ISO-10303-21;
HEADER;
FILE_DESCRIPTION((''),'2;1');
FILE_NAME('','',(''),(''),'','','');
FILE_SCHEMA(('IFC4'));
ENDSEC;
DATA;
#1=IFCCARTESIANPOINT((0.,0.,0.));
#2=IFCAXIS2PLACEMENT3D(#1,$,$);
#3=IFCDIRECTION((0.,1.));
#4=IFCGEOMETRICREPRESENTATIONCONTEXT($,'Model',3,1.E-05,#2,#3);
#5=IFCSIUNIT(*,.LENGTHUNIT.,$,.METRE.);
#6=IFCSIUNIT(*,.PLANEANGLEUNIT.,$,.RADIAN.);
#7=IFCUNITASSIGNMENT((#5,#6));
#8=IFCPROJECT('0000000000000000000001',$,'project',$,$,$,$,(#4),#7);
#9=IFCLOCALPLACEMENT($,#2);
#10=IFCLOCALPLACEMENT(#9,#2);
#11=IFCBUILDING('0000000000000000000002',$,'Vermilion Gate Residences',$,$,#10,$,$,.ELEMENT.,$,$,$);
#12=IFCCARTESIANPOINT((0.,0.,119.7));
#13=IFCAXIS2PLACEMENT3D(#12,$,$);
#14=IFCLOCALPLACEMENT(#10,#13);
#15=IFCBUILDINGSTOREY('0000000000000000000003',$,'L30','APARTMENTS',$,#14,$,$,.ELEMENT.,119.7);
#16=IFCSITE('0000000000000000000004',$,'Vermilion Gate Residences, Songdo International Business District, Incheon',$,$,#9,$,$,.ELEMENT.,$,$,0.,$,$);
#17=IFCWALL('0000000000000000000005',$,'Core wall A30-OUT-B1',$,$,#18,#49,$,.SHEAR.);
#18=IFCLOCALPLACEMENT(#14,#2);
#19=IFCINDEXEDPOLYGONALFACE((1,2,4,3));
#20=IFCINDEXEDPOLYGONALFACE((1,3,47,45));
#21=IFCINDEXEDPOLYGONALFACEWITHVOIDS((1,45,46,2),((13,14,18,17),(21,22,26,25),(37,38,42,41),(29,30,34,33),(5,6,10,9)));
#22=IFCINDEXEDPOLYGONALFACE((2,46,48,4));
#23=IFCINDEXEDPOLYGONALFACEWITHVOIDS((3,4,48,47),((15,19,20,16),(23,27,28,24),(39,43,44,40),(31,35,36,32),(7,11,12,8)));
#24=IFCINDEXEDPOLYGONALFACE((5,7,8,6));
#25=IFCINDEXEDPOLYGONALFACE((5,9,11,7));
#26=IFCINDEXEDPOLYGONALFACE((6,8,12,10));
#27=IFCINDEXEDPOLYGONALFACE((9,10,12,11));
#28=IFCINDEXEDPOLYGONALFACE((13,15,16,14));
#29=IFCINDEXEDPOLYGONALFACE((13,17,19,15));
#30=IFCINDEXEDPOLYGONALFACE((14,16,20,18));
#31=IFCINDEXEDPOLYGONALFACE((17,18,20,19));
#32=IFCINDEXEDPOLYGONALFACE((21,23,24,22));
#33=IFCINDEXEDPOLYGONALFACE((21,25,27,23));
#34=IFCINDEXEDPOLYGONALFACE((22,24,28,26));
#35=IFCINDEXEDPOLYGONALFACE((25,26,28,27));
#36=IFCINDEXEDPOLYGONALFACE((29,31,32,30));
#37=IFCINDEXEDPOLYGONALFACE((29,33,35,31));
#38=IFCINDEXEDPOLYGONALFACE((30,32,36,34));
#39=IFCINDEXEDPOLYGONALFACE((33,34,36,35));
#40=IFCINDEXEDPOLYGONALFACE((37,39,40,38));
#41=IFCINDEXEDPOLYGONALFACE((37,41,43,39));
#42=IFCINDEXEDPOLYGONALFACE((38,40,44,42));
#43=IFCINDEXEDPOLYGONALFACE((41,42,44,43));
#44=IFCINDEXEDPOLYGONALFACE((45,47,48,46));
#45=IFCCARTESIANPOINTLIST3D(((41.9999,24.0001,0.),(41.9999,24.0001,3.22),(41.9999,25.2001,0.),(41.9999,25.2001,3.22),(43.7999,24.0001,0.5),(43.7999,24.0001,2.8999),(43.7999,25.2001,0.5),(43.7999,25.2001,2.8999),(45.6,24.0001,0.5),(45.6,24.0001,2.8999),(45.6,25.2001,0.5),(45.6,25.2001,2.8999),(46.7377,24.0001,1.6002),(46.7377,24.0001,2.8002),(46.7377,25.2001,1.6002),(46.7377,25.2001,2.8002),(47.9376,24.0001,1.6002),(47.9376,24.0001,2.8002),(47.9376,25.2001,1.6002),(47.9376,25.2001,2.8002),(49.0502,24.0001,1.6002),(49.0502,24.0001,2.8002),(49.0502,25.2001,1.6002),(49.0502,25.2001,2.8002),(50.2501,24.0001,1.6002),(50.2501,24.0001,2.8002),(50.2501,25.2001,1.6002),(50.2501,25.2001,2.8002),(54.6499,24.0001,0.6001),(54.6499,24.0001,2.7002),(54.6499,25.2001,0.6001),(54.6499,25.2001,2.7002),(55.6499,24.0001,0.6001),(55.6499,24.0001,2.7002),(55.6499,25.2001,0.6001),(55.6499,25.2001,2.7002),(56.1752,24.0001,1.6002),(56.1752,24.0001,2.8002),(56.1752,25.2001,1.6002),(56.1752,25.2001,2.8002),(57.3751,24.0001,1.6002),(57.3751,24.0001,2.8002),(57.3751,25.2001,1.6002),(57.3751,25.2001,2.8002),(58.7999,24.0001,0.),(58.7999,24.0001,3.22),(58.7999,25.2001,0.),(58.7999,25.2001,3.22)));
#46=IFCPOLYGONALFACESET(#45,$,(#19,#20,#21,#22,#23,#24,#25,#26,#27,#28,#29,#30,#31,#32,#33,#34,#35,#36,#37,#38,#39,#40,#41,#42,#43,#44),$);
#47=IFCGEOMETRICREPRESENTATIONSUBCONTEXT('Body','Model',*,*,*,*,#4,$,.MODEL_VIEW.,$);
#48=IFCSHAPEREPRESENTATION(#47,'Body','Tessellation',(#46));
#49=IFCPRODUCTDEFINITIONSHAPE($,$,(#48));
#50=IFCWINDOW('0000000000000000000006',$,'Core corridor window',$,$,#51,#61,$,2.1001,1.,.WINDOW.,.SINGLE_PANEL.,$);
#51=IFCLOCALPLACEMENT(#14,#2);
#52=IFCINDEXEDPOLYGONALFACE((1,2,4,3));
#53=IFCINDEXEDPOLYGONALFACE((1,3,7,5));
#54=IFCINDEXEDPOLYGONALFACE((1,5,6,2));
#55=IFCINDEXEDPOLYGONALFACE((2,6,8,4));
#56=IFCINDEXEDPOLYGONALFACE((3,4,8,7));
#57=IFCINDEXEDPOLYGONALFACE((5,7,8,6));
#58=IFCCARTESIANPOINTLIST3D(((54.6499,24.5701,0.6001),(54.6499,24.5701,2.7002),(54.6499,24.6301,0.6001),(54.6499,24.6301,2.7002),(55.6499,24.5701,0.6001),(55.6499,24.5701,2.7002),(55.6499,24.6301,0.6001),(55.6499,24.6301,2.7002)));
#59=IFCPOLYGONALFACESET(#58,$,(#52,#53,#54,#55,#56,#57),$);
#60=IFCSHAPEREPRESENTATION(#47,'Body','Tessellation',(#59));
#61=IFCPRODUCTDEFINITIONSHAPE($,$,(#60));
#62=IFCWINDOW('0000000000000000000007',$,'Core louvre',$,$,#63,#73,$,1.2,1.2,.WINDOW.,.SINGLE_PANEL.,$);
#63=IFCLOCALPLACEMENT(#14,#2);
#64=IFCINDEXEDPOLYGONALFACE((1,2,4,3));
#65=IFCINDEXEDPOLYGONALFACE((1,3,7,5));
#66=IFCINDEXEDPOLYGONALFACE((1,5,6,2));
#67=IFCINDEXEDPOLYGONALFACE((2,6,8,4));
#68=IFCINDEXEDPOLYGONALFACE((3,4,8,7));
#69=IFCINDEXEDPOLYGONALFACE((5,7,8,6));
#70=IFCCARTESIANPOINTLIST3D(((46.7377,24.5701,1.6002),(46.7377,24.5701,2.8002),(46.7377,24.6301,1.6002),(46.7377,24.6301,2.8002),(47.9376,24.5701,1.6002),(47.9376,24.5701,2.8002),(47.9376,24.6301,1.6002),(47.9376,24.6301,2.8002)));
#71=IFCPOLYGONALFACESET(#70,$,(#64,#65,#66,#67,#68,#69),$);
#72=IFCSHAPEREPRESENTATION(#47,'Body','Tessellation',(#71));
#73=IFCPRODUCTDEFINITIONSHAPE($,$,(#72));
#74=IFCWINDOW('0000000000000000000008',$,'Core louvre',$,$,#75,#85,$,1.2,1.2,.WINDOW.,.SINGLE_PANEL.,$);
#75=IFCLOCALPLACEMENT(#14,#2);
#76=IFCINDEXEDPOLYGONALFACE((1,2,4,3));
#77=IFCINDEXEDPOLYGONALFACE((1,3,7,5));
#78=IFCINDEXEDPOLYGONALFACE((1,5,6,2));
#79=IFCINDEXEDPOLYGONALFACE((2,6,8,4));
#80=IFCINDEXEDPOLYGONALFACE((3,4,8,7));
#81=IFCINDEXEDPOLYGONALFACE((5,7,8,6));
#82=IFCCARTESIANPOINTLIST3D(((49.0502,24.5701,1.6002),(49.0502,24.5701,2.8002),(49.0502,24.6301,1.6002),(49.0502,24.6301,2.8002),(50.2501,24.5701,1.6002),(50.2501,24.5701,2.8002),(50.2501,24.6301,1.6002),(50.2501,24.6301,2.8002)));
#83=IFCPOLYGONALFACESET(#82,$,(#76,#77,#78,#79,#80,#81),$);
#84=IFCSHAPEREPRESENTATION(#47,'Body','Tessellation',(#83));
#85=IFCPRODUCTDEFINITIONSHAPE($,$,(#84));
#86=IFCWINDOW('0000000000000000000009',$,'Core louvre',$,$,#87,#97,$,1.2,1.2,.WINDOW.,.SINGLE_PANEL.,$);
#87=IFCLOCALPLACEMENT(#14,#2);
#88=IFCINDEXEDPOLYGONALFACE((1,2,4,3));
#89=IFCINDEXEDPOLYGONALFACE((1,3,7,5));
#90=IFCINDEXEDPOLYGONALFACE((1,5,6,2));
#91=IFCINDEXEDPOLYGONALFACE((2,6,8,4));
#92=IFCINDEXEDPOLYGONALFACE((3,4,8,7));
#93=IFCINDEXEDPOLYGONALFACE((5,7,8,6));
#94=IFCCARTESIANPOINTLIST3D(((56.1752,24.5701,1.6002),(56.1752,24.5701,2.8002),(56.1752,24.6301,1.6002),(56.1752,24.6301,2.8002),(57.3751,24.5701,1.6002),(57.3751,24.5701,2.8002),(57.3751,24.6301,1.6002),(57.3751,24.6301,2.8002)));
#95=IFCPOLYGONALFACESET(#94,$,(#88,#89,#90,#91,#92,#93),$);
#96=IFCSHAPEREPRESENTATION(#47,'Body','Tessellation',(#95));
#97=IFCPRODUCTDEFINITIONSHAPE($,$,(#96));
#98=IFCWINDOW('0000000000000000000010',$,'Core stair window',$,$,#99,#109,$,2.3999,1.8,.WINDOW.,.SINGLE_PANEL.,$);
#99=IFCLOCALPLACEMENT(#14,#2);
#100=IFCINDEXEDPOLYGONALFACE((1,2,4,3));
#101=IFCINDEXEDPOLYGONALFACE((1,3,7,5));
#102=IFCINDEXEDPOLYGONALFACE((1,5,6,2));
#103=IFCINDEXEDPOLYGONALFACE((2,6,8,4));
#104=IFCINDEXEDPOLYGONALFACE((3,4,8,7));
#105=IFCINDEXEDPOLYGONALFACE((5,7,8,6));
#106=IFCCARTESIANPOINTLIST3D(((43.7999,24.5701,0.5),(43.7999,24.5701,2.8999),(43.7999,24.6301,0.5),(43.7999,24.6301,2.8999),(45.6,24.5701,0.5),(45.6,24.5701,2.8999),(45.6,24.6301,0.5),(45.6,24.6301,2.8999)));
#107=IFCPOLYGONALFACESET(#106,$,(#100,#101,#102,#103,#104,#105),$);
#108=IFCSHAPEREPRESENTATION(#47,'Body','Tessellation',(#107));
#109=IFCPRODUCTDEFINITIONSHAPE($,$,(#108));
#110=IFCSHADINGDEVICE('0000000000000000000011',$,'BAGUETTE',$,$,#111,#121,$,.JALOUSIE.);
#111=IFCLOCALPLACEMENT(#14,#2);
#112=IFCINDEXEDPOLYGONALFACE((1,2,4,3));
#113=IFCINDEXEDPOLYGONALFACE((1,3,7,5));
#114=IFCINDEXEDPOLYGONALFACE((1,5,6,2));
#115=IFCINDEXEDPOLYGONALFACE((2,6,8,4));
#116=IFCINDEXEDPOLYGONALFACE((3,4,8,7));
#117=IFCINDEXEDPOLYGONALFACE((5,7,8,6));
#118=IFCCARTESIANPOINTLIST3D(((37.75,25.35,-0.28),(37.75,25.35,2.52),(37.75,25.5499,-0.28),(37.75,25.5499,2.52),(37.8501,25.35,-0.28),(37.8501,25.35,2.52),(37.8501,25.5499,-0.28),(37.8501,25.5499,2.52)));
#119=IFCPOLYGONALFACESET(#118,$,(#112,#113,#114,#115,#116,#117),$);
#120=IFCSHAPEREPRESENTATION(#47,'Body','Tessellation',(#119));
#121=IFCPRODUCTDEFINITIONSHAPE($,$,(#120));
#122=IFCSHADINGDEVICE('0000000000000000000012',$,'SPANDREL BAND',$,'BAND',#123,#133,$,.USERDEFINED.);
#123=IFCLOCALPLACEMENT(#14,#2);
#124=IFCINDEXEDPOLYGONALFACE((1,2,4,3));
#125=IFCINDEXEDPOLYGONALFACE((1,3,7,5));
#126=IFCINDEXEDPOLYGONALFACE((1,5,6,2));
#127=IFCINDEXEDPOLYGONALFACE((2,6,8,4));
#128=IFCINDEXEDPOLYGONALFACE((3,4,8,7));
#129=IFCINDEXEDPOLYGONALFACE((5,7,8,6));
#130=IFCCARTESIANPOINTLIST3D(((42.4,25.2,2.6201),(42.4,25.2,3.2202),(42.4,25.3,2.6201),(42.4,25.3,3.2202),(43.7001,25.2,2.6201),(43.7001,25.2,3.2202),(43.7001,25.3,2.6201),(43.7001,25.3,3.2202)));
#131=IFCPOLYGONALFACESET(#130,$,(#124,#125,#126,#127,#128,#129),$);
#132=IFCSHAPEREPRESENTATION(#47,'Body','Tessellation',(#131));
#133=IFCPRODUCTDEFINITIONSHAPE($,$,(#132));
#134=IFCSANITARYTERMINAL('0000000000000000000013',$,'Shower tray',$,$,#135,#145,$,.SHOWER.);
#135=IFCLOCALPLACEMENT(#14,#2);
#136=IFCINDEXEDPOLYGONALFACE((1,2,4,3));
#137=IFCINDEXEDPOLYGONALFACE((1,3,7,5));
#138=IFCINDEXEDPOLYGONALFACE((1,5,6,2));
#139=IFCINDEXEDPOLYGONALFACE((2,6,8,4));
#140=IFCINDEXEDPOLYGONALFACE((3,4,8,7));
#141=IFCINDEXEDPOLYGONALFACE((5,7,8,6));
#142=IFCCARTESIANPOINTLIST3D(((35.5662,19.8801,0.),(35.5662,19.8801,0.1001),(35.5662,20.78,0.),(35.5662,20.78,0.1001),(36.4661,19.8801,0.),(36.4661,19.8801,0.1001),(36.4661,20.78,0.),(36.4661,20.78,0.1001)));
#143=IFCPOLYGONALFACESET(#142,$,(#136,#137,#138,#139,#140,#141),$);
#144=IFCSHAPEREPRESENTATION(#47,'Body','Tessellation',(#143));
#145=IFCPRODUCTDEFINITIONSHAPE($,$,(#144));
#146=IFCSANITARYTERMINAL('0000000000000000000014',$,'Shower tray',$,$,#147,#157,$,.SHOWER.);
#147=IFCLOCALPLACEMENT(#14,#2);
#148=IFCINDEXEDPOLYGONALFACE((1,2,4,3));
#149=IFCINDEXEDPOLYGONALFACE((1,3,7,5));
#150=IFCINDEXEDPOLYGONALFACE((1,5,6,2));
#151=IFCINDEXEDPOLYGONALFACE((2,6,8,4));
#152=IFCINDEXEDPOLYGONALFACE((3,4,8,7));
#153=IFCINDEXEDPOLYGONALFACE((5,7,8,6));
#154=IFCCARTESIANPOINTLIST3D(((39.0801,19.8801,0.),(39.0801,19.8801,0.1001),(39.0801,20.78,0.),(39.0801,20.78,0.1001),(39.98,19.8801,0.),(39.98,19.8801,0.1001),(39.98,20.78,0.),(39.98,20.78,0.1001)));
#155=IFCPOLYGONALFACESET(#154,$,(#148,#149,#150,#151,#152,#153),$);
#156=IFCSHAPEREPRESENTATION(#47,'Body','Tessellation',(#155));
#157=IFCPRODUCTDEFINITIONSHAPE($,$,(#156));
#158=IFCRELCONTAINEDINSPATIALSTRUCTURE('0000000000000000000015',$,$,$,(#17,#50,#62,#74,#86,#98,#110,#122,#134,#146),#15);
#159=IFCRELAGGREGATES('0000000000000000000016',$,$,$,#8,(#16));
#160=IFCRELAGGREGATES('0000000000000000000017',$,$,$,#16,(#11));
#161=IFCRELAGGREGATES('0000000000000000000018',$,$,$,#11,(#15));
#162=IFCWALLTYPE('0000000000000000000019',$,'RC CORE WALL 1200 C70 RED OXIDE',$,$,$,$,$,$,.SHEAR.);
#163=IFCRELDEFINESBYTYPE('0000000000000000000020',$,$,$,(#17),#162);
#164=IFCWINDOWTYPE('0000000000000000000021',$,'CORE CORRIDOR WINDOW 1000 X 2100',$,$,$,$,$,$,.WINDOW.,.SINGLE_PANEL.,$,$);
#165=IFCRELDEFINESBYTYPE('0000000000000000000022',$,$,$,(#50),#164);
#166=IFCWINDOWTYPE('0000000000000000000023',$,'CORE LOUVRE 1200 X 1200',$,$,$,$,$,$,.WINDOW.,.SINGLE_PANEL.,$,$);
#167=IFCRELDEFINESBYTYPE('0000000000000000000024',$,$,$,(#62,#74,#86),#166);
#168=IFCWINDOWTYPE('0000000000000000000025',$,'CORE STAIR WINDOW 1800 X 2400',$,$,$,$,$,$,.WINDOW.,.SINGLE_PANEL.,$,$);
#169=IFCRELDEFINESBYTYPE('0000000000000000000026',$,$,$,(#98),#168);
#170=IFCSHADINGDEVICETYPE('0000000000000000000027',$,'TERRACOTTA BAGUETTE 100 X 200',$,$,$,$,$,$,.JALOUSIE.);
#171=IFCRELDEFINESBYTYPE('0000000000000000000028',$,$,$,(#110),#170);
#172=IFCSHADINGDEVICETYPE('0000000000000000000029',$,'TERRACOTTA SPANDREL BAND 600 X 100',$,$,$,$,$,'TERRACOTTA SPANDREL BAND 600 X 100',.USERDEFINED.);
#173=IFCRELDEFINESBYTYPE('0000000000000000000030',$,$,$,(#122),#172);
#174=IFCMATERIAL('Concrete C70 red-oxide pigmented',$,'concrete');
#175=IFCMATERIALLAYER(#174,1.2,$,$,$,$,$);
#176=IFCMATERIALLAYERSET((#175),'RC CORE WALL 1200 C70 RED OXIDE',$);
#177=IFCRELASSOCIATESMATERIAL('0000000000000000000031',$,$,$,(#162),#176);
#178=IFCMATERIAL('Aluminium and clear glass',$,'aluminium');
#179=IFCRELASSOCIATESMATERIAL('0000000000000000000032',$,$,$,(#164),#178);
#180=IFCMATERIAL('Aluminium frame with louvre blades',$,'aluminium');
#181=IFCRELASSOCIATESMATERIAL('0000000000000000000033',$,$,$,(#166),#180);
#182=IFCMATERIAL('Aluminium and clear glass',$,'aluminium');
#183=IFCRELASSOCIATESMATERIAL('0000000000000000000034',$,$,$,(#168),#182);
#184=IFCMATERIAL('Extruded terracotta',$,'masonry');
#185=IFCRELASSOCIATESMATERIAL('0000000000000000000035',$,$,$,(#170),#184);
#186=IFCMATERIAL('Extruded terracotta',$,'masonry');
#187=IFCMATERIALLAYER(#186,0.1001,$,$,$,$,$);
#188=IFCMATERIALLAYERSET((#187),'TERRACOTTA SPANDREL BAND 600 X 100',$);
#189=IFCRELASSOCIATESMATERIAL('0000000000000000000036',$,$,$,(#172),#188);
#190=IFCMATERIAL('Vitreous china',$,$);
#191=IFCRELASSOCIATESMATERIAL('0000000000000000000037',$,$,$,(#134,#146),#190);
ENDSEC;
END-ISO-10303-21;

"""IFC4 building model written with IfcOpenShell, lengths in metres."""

from ifc_helpers import new_model, si_unit, direction, frame, frame_2d, origin, origin_2d, place, context, subcontext, project, spatial, rectangle, extrude, material, layer, layer_set, material_profile, profile_set, type_object, element, fill, save


model = new_model("IFC4")

# Units and contexts
model_context = context("Model", 3, precision=1e-05, world=origin(), true_north=direction((0.0, 1.0)))
body_context = subcontext(model_context, "Body", "Model", "MODEL_VIEW")
ifc_project = project(units=[si_unit("LENGTHUNIT", "METRE"), si_unit("PLANEANGLEUNIT", "RADIAN")], contexts=[model_context])

# Site, building, storey
site_placement = place(None, origin())
site = spatial("IfcSite", under=ifc_project, at=site_placement, Name="Vermilion Gate Residences, Songdo International Business District, Incheon", CompositionType="ELEMENT", RefElevation=0.0)
building_placement = place(site_placement, origin())
building = spatial("IfcBuilding", under=site, at=building_placement, Name="Vermilion Gate Residences", CompositionType="ELEMENT")
storey_placement = place(building_placement, frame((0.0, 0.0, 119.7)))
storey = spatial("IfcBuildingStorey", under=building, at=storey_placement, Name="L30", Description="APARTMENTS", CompositionType="ELEMENT", Elevation=119.7)

# Wall, openings, windows
ifc_material_1 = material(Name="Concrete C70 red-oxide pigmented", Category="concrete")
ifc_layer_1 = layer(ifc_material_1, 1.2)
ifc_layer_set_1 = layer_set([ifc_layer_1], Name="RC CORE WALL 1200 C70 RED OXIDE")
wall_type_1 = type_object("IfcWallType", Name="RC CORE WALL 1200 C70 RED OXIDE", PredefinedType="SHEAR", material=ifc_layer_set_1)
wall_1_placement = place(storey_placement, frame((42.0, 24.6001, 0.0), z_axis=(0.0, 0.0, 1.0), x_axis=(1.0, 0.0, 0.0)))
wall_1 = element("IfcWall", 1, at=wall_1_placement, inside=storey, type_object=wall_type_1, Name="Core wall A30-OUT-B1", PredefinedType="SHEAR", context=body_context, shape_type="SweptSolid", body=[
    extrude(rectangle(XDim=16.8, YDim=1.2, at=frame_2d((8.3999, 0.0))), origin(), (0.0, 0.0, 1.0), 3.22),
])
opening_1_placement = place(wall_1_placement, frame((1.8, 0.0, 0.5)))
opening_1 = element("IfcOpeningElement", 2, at=opening_1_placement, cuts=wall_1, PredefinedType="OPENING", context=body_context, shape_type="SweptSolid", body=[
    extrude(rectangle(XDim=1.8, YDim=2.3999, at=frame_2d((0.8999, 1.2))), frame((0.0, 0.6099, 0.0), z_axis=(0.0, -1.0, 0.0), x_axis=(1.0, 0.0, 0.0)), (0.0, 0.0, 1.0), 1.22),
])
opening_2_placement = place(wall_1_placement, frame((4.7375, 0.0, 1.6001)))
opening_2 = element("IfcOpeningElement", 3, at=opening_2_placement, cuts=wall_1, PredefinedType="OPENING", context=body_context, shape_type="SweptSolid", body=[
    extrude(rectangle(XDim=1.2, YDim=1.2, at=frame_2d((0.6001, 0.6001))), frame((0.0, 0.6099, 0.0), z_axis=(0.0, -1.0, 0.0), x_axis=(1.0, 0.0, 0.0)), (0.0, 0.0, 1.0), 1.22),
])
opening_3_placement = place(wall_1_placement, frame((7.05, 0.0, 1.6001)))
opening_3 = element("IfcOpeningElement", 4, at=opening_3_placement, cuts=wall_1, PredefinedType="OPENING", context=body_context, shape_type="SweptSolid", body=[
    extrude(rectangle(XDim=1.2, YDim=1.2, at=frame_2d((0.6001, 0.6001))), frame((0.0, 0.6099, 0.0), z_axis=(0.0, -1.0, 0.0), x_axis=(1.0, 0.0, 0.0)), (0.0, 0.0, 1.0), 1.22),
])
opening_4_placement = place(wall_1_placement, frame((12.6499, 0.0, 0.6001)))
opening_4 = element("IfcOpeningElement", 5, at=opening_4_placement, cuts=wall_1, PredefinedType="OPENING", context=body_context, shape_type="SweptSolid", body=[
    extrude(rectangle(XDim=1.0, YDim=2.1001, at=frame_2d((0.5, 1.05))), frame((0.0, 0.6099, 0.0), z_axis=(0.0, -1.0, 0.0), x_axis=(1.0, 0.0, 0.0)), (0.0, 0.0, 1.0), 1.22),
])
opening_5_placement = place(wall_1_placement, frame((14.175, 0.0, 1.6001)))
opening_5 = element("IfcOpeningElement", 6, at=opening_5_placement, cuts=wall_1, PredefinedType="OPENING", context=body_context, shape_type="SweptSolid", body=[
    extrude(rectangle(XDim=1.2, YDim=1.2, at=frame_2d((0.6001, 0.6001))), frame((0.0, 0.6099, 0.0), z_axis=(0.0, -1.0, 0.0), x_axis=(1.0, 0.0, 0.0)), (0.0, 0.0, 1.0), 1.22),
])
ifc_material_2 = material(Name="Aluminium and clear glass", Category="aluminium")
window_type_1 = type_object("IfcWindowType", Name="CORE CORRIDOR WINDOW 1000 X 2100", PartitioningType="SINGLE_PANEL", PredefinedType="WINDOW", material=ifc_material_2)
window_1_placement = place(opening_4_placement, origin())
window_1 = element("IfcWindow", 7, at=window_1_placement, inside=storey, type_object=window_type_1, Name="Core corridor window", OverallHeight=2.1001, OverallWidth=1.0, PartitioningType="SINGLE_PANEL", PredefinedType="WINDOW", context=body_context, shape_type="SweptSolid", body=[
    extrude(rectangle(XDim=1.0, YDim=2.1001, at=frame_2d((0.5, 1.05))), frame((0.0, 0.03, 0.0), z_axis=(0.0, -1.0, 0.0), x_axis=(1.0, 0.0, 0.0)), (0.0, 0.0, 1.0), 0.0601),
])
fill(opening_4, window_1)
ifc_material_3 = material(Name="Aluminium frame with louvre blades", Category="aluminium")
window_type_2 = type_object("IfcWindowType", Name="CORE LOUVRE 1200 X 1200", PartitioningType="SINGLE_PANEL", PredefinedType="WINDOW", material=ifc_material_3)
window_2_placement = place(opening_2_placement, origin())
window_2 = element("IfcWindow", 8, at=window_2_placement, inside=storey, type_object=window_type_2, Name="Core louvre", OverallHeight=1.2, OverallWidth=1.2, PartitioningType="SINGLE_PANEL", PredefinedType="WINDOW", context=body_context, shape_type="SweptSolid", body=[
    extrude(rectangle(XDim=1.2, YDim=1.2, at=frame_2d((0.6001, 0.6001))), frame((0.0, 0.03, 0.0), z_axis=(0.0, -1.0, 0.0), x_axis=(1.0, 0.0, 0.0)), (0.0, 0.0, 1.0), 0.0601),
])
fill(opening_2, window_2)
window_3_placement = place(opening_3_placement, origin())
window_3 = element("IfcWindow", 9, at=window_3_placement, inside=storey, type_object=window_type_2, Name="Core louvre", OverallHeight=1.2, OverallWidth=1.2, PartitioningType="SINGLE_PANEL", PredefinedType="WINDOW", context=body_context, shape_type="SweptSolid", body=[
    extrude(rectangle(XDim=1.2, YDim=1.2, at=frame_2d((0.6001, 0.6001))), frame((0.0, 0.03, 0.0), z_axis=(0.0, -1.0, 0.0), x_axis=(1.0, 0.0, 0.0)), (0.0, 0.0, 1.0), 0.0601),
])
fill(opening_3, window_3)
window_4_placement = place(opening_5_placement, origin())
window_4 = element("IfcWindow", 10, at=window_4_placement, inside=storey, type_object=window_type_2, Name="Core louvre", OverallHeight=1.2, OverallWidth=1.2, PartitioningType="SINGLE_PANEL", PredefinedType="WINDOW", context=body_context, shape_type="SweptSolid", body=[
    extrude(rectangle(XDim=1.2, YDim=1.2, at=frame_2d((0.6001, 0.6001))), frame((0.0, 0.03, 0.0), z_axis=(0.0, -1.0, 0.0), x_axis=(1.0, 0.0, 0.0)), (0.0, 0.0, 1.0), 0.0601),
])
fill(opening_5, window_4)
ifc_material_4 = material(Name="Aluminium and clear glass", Category="aluminium")
window_type_3 = type_object("IfcWindowType", Name="CORE STAIR WINDOW 1800 X 2400", PartitioningType="SINGLE_PANEL", PredefinedType="WINDOW", material=ifc_material_4)
window_5_placement = place(opening_1_placement, origin())
window_5 = element("IfcWindow", 11, at=window_5_placement, inside=storey, type_object=window_type_3, Name="Core stair window", OverallHeight=2.3999, OverallWidth=1.8, PartitioningType="SINGLE_PANEL", PredefinedType="WINDOW", context=body_context, shape_type="SweptSolid", body=[
    extrude(rectangle(XDim=1.8, YDim=2.3999, at=frame_2d((0.8999, 1.2))), frame((0.0, 0.03, 0.0), z_axis=(0.0, -1.0, 0.0), x_axis=(1.0, 0.0, 0.0)), (0.0, 0.0, 1.0), 0.0601),
])
fill(opening_1, window_5)

# Shading devices
ifc_material_5 = material(Name="Extruded terracotta", Category="masonry")
ifc_material_profile_1 = material_profile(ifc_material_5, rectangle(XDim=0.2, YDim=0.1001, at=origin_2d()), Name="BAGUETTE 100 X 200")
ifc_profile_set_1 = profile_set([ifc_material_profile_1], Name="Extruded terracotta")
shading_device_type_1 = type_object("IfcShadingDeviceType", Name="TERRACOTTA BAGUETTE 100 X 200", PredefinedType="JALOUSIE", material=ifc_profile_set_1)
shading_device_1_placement = place(storey_placement, frame((37.8, 25.45, -0.28), z_axis=(0.0, 0.0, 1.0), x_axis=(0.0, -1.0, 0.0)))
element("IfcShadingDevice", 12, at=shading_device_1_placement, inside=storey, type_object=shading_device_type_1, Name="BAGUETTE", PredefinedType="JALOUSIE", context=body_context, shape_type="SweptSolid", body=[
    extrude(rectangle(XDim=0.2, YDim=0.1001, at=origin_2d()), origin(), (0.0, 0.0, 1.0), 2.8),
])
ifc_material_6 = material(Name="Extruded terracotta", Category="masonry")
ifc_layer_2 = layer(ifc_material_6, 0.1001)
ifc_layer_set_2 = layer_set([ifc_layer_2], Name="TERRACOTTA SPANDREL BAND 600 X 100")
shading_device_type_2 = type_object("IfcShadingDeviceType", Name="TERRACOTTA SPANDREL BAND 600 X 100", ElementType="TERRACOTTA SPANDREL BAND 600 X 100", PredefinedType="USERDEFINED", material=ifc_layer_set_2)
shading_device_2_placement = place(storey_placement, frame((43.05, 25.25, 2.6201), z_axis=(0.0, 0.0, 1.0), x_axis=(1.0, 0.0, 0.0)))
element("IfcShadingDevice", 13, at=shading_device_2_placement, inside=storey, type_object=shading_device_type_2, Name="SPANDREL BAND", ObjectType="BAND", PredefinedType="USERDEFINED", context=body_context, shape_type="SweptSolid", body=[
    extrude(rectangle(XDim=1.3, YDim=0.1001, at=origin_2d()), origin(), (0.0, 0.0, 1.0), 0.6001),
])

# Sanitary terminals
ifc_material_7 = material(Name="Vitreous china")
for number, where, z_axis, x_axis, name in (
    (14, (36.0161, 20.3301, 0.0), (0.0, 0.0, 1.0), (1.0, 0.0, 0.0), "Shower tray"),
    (15, (39.53, 20.3301, 0.0), (0.0, 0.0, 1.0), (1.0, 0.0, 0.0), "Shower tray"),
):
    element("IfcSanitaryTerminal", number, at=place(storey_placement, frame(where, z_axis=z_axis, x_axis=x_axis)), inside=storey, material=ifc_material_7, Name=name, PredefinedType="SHOWER", context=body_context, shape_type="SweptSolid", body=[
        extrude(rectangle(XDim=0.8999, YDim=0.8999, at=origin_2d()), origin(), (0.0, 0.0, 1.0), 0.1001),
    ])

save(model, "model.ifc")
